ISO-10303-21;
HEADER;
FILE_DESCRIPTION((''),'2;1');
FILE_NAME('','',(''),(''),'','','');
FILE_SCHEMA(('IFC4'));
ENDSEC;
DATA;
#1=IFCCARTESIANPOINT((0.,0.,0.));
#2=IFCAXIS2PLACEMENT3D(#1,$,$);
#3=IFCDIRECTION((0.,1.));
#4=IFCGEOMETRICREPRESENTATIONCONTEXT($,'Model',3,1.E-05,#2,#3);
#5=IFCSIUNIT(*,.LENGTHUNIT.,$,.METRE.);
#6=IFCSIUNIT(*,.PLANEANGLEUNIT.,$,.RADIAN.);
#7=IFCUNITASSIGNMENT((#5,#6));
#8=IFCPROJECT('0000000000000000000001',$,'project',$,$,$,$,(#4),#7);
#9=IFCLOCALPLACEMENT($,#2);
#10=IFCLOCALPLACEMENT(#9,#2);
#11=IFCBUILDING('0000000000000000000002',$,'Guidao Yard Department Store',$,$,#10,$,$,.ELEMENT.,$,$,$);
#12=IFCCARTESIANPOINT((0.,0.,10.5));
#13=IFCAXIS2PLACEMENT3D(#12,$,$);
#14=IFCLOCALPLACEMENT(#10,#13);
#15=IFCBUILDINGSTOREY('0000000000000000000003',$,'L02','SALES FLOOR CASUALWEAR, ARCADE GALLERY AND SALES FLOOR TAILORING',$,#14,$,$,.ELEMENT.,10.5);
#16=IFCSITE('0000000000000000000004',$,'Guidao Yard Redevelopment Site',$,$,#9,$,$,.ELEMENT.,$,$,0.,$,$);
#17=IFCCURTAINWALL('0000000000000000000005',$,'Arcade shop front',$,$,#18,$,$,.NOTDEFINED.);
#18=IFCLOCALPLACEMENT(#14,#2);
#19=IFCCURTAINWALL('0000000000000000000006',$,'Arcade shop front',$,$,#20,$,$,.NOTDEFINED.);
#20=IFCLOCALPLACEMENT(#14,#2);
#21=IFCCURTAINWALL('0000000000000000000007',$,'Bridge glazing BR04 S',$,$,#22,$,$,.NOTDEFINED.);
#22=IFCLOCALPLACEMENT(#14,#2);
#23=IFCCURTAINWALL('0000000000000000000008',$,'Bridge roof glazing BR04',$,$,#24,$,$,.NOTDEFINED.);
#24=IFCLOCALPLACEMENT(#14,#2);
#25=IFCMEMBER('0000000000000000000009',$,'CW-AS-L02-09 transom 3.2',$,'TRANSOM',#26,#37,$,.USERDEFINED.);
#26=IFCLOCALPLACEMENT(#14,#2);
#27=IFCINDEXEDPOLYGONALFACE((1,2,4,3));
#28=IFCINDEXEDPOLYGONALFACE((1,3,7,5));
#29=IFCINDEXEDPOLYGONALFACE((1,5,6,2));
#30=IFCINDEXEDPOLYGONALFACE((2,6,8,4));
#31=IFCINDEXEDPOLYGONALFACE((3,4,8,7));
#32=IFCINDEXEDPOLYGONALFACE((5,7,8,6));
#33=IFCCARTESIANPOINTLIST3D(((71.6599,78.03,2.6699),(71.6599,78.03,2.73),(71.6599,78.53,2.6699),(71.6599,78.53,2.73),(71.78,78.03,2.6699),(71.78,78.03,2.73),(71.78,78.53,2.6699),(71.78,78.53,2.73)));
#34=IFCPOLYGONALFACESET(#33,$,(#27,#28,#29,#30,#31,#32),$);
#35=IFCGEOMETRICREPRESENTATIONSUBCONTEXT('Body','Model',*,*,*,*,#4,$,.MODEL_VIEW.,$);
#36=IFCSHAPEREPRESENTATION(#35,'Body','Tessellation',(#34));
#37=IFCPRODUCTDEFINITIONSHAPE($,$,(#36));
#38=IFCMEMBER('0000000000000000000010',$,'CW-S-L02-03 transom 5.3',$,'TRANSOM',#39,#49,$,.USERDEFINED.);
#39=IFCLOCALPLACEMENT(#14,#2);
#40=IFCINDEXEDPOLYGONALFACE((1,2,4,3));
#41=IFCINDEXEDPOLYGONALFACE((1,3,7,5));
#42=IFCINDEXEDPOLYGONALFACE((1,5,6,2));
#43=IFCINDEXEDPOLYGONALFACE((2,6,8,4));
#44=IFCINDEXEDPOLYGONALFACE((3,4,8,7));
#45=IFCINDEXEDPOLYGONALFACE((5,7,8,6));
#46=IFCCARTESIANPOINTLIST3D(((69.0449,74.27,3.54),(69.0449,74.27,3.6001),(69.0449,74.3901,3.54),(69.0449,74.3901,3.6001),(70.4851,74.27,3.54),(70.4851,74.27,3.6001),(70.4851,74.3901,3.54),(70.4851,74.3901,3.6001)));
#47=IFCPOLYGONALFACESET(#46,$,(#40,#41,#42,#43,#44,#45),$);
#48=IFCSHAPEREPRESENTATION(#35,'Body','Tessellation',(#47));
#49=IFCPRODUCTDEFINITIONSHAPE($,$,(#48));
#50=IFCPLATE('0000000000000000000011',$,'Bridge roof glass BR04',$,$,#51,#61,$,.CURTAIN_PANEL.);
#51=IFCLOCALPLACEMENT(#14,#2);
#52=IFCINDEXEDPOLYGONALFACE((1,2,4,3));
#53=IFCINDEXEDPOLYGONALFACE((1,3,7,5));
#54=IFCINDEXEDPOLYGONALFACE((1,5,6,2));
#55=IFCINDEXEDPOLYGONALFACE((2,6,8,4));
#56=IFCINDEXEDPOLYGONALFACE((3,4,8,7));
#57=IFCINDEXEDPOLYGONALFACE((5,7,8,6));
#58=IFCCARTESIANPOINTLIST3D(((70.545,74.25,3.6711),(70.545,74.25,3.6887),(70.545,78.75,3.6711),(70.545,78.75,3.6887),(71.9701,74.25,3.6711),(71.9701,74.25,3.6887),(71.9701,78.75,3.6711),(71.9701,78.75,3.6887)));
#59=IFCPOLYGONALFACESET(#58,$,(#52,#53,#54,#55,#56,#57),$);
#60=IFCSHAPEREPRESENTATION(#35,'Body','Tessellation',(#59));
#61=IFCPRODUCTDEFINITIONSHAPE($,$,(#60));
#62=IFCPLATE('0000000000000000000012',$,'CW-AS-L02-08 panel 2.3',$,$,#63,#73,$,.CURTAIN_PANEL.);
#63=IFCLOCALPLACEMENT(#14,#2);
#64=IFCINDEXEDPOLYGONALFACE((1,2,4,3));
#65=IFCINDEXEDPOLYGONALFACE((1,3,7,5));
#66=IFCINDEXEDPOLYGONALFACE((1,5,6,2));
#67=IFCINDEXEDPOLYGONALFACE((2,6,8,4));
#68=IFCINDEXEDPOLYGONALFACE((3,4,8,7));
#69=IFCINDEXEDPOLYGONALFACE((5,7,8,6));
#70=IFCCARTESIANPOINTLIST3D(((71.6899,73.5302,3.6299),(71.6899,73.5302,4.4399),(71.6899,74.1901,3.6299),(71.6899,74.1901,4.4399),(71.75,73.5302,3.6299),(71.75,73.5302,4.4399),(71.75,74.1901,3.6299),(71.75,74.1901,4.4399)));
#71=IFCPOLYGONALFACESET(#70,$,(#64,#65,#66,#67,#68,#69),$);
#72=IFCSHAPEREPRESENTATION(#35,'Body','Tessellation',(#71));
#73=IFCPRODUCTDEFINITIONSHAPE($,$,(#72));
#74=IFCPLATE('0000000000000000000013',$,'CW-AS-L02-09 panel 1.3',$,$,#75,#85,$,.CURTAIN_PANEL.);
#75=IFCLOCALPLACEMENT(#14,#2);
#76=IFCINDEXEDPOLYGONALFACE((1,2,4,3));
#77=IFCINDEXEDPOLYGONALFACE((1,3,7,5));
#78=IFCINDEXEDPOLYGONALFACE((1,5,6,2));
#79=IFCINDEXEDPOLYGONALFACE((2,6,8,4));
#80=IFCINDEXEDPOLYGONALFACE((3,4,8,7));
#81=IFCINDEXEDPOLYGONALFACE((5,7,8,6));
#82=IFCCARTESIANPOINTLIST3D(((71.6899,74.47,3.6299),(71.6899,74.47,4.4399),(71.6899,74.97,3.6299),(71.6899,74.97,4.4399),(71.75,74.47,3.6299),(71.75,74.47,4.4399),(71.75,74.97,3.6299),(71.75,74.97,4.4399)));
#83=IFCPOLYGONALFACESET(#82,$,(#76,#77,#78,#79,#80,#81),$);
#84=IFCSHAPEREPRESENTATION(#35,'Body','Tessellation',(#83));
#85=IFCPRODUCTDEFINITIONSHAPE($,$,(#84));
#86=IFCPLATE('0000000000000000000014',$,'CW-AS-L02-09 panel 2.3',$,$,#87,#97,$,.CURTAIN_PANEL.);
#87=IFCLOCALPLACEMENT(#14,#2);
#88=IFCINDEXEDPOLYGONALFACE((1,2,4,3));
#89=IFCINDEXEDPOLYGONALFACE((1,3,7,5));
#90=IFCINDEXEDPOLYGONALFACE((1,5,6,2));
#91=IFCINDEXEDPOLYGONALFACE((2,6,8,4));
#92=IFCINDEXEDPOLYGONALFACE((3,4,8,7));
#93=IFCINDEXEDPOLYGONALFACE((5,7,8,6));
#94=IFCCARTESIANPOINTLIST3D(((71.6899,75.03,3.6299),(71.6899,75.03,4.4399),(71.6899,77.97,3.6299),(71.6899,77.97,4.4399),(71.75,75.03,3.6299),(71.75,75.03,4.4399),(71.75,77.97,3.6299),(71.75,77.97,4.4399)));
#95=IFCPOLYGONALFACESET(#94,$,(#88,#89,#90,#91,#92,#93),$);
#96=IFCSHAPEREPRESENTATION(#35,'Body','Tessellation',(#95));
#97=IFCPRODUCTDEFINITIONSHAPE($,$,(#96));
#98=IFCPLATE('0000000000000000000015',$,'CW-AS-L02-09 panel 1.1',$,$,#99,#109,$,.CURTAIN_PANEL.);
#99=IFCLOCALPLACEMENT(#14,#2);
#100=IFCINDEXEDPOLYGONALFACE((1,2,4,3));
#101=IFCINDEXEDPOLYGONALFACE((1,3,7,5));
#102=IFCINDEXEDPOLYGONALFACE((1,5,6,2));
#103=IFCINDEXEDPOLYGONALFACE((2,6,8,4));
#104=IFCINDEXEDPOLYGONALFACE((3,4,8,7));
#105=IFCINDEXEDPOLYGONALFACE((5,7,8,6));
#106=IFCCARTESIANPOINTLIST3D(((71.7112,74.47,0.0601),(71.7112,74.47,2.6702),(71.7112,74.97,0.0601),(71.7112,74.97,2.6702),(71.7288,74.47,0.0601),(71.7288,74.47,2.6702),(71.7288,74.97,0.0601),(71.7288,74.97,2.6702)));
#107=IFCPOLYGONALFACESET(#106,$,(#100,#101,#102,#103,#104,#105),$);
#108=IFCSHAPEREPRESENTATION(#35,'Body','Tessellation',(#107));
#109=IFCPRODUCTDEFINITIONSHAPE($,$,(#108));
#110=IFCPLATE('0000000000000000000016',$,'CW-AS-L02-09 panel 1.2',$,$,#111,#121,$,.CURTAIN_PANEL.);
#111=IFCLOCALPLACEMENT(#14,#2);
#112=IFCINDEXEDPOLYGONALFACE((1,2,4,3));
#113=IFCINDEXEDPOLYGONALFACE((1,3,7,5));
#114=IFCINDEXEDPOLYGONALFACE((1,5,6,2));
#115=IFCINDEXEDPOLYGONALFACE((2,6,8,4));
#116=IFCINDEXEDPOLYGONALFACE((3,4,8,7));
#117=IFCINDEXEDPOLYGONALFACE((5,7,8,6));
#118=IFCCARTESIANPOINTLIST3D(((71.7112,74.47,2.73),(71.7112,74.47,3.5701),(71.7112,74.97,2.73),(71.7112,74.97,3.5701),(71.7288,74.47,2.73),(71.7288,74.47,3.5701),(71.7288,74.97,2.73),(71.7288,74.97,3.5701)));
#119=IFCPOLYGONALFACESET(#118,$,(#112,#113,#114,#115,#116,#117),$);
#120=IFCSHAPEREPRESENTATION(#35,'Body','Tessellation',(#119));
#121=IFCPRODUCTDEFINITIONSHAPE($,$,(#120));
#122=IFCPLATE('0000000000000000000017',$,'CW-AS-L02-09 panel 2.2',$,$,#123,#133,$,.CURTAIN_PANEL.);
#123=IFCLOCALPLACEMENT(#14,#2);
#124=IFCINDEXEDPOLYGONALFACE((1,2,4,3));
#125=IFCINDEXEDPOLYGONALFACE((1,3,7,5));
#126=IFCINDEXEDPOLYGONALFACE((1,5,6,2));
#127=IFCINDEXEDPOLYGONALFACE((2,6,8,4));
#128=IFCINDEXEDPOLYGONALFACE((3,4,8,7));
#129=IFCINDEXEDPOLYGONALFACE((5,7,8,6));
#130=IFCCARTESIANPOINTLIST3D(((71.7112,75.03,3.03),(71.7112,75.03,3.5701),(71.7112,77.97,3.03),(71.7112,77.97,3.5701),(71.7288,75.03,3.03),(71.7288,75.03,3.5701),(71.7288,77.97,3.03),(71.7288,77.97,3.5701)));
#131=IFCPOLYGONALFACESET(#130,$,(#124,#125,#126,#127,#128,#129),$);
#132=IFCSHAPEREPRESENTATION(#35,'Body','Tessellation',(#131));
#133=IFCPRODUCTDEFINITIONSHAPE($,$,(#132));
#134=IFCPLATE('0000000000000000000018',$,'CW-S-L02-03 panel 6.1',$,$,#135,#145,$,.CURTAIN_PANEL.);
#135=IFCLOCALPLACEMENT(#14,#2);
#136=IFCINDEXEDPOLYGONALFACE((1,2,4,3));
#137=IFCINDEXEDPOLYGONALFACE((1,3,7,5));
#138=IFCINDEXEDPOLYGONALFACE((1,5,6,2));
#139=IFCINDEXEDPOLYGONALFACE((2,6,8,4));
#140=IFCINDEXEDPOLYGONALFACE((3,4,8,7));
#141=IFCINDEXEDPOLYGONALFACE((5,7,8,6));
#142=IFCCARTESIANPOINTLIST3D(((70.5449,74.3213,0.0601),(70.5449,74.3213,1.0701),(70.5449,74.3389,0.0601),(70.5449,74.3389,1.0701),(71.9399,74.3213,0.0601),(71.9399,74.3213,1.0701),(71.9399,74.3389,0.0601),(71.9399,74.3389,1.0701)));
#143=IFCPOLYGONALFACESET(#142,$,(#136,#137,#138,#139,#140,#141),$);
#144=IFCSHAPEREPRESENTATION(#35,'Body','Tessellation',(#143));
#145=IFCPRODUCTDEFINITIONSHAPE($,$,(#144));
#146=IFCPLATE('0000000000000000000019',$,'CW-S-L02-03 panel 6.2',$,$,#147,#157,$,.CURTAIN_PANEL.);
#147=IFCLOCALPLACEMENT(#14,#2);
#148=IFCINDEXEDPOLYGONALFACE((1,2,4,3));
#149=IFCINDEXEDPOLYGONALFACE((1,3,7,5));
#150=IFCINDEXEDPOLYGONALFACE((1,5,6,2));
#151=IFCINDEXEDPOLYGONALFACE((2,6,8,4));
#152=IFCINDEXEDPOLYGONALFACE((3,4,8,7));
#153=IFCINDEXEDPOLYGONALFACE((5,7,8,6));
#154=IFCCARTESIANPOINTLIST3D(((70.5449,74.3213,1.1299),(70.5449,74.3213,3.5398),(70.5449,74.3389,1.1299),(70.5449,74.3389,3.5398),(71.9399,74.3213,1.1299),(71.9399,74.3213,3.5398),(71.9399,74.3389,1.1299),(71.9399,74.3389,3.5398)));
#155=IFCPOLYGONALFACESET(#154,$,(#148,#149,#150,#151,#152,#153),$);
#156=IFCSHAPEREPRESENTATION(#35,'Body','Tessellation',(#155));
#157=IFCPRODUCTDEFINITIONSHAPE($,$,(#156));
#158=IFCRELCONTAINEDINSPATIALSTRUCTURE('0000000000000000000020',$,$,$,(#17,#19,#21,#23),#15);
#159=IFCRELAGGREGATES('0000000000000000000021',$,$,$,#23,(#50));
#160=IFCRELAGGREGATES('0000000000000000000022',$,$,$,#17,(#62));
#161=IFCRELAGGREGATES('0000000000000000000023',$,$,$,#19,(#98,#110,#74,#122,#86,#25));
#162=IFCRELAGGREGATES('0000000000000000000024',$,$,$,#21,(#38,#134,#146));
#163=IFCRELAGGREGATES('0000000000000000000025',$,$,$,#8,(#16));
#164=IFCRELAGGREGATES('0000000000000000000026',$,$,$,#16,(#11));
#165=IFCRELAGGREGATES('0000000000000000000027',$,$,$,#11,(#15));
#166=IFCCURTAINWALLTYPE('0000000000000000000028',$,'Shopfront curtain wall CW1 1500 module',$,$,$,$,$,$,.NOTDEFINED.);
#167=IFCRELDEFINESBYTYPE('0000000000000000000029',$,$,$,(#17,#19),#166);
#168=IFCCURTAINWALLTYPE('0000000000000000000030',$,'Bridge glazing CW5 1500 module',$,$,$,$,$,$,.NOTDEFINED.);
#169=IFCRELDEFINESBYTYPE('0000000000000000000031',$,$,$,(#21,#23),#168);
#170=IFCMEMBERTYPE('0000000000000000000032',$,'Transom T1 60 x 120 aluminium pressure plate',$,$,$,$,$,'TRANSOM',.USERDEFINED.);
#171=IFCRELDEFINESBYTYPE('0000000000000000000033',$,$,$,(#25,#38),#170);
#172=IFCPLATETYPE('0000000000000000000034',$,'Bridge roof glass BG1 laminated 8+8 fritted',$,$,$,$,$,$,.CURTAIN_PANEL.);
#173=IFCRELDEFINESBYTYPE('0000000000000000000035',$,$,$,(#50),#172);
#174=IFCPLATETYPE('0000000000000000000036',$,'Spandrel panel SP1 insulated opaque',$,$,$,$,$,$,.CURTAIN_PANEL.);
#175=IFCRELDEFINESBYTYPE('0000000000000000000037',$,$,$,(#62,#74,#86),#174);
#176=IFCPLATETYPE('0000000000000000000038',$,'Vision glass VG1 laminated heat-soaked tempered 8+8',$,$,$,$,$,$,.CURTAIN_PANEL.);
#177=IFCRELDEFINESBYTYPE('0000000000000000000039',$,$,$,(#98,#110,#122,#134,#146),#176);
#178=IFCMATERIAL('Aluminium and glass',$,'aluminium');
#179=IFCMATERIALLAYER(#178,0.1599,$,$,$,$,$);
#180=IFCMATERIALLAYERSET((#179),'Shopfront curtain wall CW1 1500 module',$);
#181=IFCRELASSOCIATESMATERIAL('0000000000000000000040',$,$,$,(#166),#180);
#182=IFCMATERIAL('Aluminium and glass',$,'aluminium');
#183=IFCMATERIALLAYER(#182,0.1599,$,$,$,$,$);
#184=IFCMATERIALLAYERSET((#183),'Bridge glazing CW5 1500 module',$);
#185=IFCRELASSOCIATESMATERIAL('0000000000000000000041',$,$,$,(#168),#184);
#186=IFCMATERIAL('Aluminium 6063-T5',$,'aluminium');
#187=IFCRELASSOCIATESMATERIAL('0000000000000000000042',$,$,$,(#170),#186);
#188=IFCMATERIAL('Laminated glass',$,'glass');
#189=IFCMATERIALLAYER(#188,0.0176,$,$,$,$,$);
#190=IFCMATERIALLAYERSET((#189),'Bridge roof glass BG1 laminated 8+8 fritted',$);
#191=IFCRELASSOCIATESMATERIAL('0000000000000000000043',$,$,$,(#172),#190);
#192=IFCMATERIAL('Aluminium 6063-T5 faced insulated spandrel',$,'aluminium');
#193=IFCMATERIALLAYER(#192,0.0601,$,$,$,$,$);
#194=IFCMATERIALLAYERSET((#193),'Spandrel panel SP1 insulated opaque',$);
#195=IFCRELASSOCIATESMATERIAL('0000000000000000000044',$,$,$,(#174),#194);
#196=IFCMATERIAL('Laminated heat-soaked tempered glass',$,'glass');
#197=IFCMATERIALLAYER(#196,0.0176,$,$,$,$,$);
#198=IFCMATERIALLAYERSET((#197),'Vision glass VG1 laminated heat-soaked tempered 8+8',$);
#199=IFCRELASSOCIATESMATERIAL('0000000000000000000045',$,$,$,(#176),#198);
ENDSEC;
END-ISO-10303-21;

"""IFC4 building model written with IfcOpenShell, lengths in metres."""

from ifc_helpers import new_model, si_unit, direction, frame, origin, origin_2d, place, context, subcontext, project, spatial, rectangle, extrude, material, layer, layer_set, material_profile, profile_set, type_object, element, aggregate, save


model = new_model("IFC4")

# Units and contexts
model_context = context("Model", 3, precision=1e-05, world=origin(), true_north=direction((0.0, 1.0)))
body_context = subcontext(model_context, "Body", "Model", "MODEL_VIEW")
ifc_project = project(units=[si_unit("LENGTHUNIT", "METRE"), si_unit("PLANEANGLEUNIT", "RADIAN")], contexts=[model_context])

# Site, building, storey
site_placement = place(None, origin())
site = spatial("IfcSite", under=ifc_project, at=site_placement, Name="Guidao Yard Redevelopment Site", CompositionType="ELEMENT", RefElevation=0.0)
building_placement = place(site_placement, origin())
building = spatial("IfcBuilding", under=site, at=building_placement, Name="Guidao Yard Department Store", CompositionType="ELEMENT")
storey_placement = place(building_placement, frame((0.0, 0.0, 10.5)))
storey = spatial("IfcBuildingStorey", under=building, at=storey_placement, Name="L02", Description="SALES FLOOR CASUALWEAR, ARCADE GALLERY AND SALES FLOOR TAILORING", CompositionType="ELEMENT", Elevation=10.5)

# Curtain wall
ifc_material_1 = material(Name="Aluminium and glass", Category="aluminium")
ifc_layer_1 = layer(ifc_material_1, 0.1599)
ifc_layer_set_1 = layer_set([ifc_layer_1], Name="Shopfront curtain wall CW1 1500 module")
curtain_wall_type_1 = type_object("IfcCurtainWallType", Name="Shopfront curtain wall CW1 1500 module", PredefinedType="NOTDEFINED", material=ifc_layer_set_1)
curtain_wall_1_placement = place(storey_placement, origin())
curtain_wall_1 = element("IfcCurtainWall", 1, at=curtain_wall_1_placement, inside=storey, type_object=curtain_wall_type_1, Name="Arcade shop front", PredefinedType="NOTDEFINED")

# Curtain wall
curtain_wall_2_placement = place(storey_placement, origin())
curtain_wall_2 = element("IfcCurtainWall", 2, at=curtain_wall_2_placement, inside=storey, type_object=curtain_wall_type_1, Name="Arcade shop front", PredefinedType="NOTDEFINED")

# Curtain walls
ifc_material_2 = material(Name="Aluminium and glass", Category="aluminium")
ifc_layer_2 = layer(ifc_material_2, 0.1599)
ifc_layer_set_2 = layer_set([ifc_layer_2], Name="Bridge glazing CW5 1500 module")
curtain_wall_type_2 = type_object("IfcCurtainWallType", Name="Bridge glazing CW5 1500 module", PredefinedType="NOTDEFINED", material=ifc_layer_set_2)
curtain_wall_3_placement = place(storey_placement, origin())
curtain_wall_3 = element("IfcCurtainWall", 3, at=curtain_wall_3_placement, inside=storey, type_object=curtain_wall_type_2, Name="Bridge glazing BR04 S", PredefinedType="NOTDEFINED")
curtain_wall_4_placement = place(storey_placement, origin())
curtain_wall_4 = element("IfcCurtainWall", 4, at=curtain_wall_4_placement, inside=storey, type_object=curtain_wall_type_2, Name="Bridge roof glazing BR04", PredefinedType="NOTDEFINED")

# Members
ifc_material_3 = material(Name="Aluminium 6063-T5", Category="aluminium")
ifc_material_profile_1 = material_profile(ifc_material_3, rectangle(XDim=0.1201, YDim=0.0601, at=origin_2d()), Name="Transom T1 60 x 120 aluminium pressure plate")
ifc_profile_set_1 = profile_set([ifc_material_profile_1], Name="Aluminium 6063-T5")
member_type_1 = type_object("IfcMemberType", Name="Transom T1 60 x 120 aluminium pressure plate", ElementType="TRANSOM", PredefinedType="USERDEFINED", material=ifc_profile_set_1)
member_1_placement = place(storey_placement, frame((71.72, 78.03, 2.7), z_axis=(0.0, 1.0, 0.0), x_axis=(-1.0, 0.0, 0.0)))
member_1 = element("IfcMember", 5, at=member_1_placement, type_object=member_type_1, Name="CW-AS-L02-09 transom 3.2", ObjectType="TRANSOM", PredefinedType="USERDEFINED", context=body_context, shape_type="SweptSolid", body=[
    extrude(rectangle(XDim=0.1201, YDim=0.0601, at=origin_2d()), origin(), (0.0, 0.0, 1.0), 0.5),
])
member_2_placement = place(storey_placement, frame((70.4851, 74.3301, 3.5701), z_axis=(-1.0, 0.0, 0.0), x_axis=(0.0, -1.0, 0.0)))
member_2 = element("IfcMember", 6, at=member_2_placement, type_object=member_type_1, Name="CW-S-L02-03 transom 5.3", ObjectType="TRANSOM", PredefinedType="USERDEFINED", context=body_context, shape_type="SweptSolid", body=[
    extrude(rectangle(XDim=0.1201, YDim=0.0601, at=origin_2d()), origin(), (0.0, 0.0, 1.0), 1.4402),
])

# Plates
ifc_material_4 = material(Name="Laminated glass", Category="glass")
ifc_layer_3 = layer(ifc_material_4, 0.0176)
ifc_layer_set_3 = layer_set([ifc_layer_3], Name="Bridge roof glass BG1 laminated 8+8 fritted")
plate_type_1 = type_object("IfcPlateType", Name="Bridge roof glass BG1 laminated 8+8 fritted", PredefinedType="CURTAIN_PANEL", material=ifc_layer_set_3)
plate_1_placement = place(storey_placement, frame((71.2576, 76.5, 3.6711), z_axis=(0.0, 0.0, 1.0), x_axis=(1.0, 0.0, 0.0)))
plate_1 = element("IfcPlate", 7, at=plate_1_placement, type_object=plate_type_1, Name="Bridge roof glass BR04", PredefinedType="CURTAIN_PANEL", context=body_context, shape_type="SweptSolid", body=[
    extrude(rectangle(XDim=1.425, YDim=4.5, at=origin_2d()), origin(), (0.0, 0.0, 1.0), 0.0176),
])
aggregate(curtain_wall_4, [plate_1])
ifc_material_5 = material(Name="Aluminium 6063-T5 faced insulated spandrel", Category="aluminium")
ifc_layer_4 = layer(ifc_material_5, 0.0601)
ifc_layer_set_4 = layer_set([ifc_layer_4], Name="Spandrel panel SP1 insulated opaque")
plate_type_2 = type_object("IfcPlateType", Name="Spandrel panel SP1 insulated opaque", PredefinedType="CURTAIN_PANEL", material=ifc_layer_set_4)
plate_2_placement = place(storey_placement, frame((71.72, 73.8601, 3.6299), z_axis=(0.0, 0.0, 1.0), x_axis=(0.0, 1.0, 0.0)))
plate_2 = element("IfcPlate", 8, at=plate_2_placement, type_object=plate_type_2, Name="CW-AS-L02-08 panel 2.3", PredefinedType="CURTAIN_PANEL", context=body_context, shape_type="SweptSolid", body=[
    extrude(rectangle(XDim=0.6599, YDim=0.0601, at=origin_2d()), origin(), (0.0, 0.0, 1.0), 0.8101),
])
aggregate(curtain_wall_1, [plate_2])
plate_3_placement = place(storey_placement, frame((71.72, 74.72, 3.6299), z_axis=(0.0, 0.0, 1.0), x_axis=(0.0, 1.0, 0.0)))
plate_3 = element("IfcPlate", 9, at=plate_3_placement, type_object=plate_type_2, Name="CW-AS-L02-09 panel 1.3", PredefinedType="CURTAIN_PANEL", context=body_context, shape_type="SweptSolid", body=[
    extrude(rectangle(XDim=0.5, YDim=0.0601, at=origin_2d()), origin(), (0.0, 0.0, 1.0), 0.8101),
])
plate_4_placement = place(storey_placement, frame((71.72, 76.5, 3.6299), z_axis=(0.0, 0.0, 1.0), x_axis=(0.0, 1.0, 0.0)))
plate_4 = element("IfcPlate", 10, at=plate_4_placement, type_object=plate_type_2, Name="CW-AS-L02-09 panel 2.3", PredefinedType="CURTAIN_PANEL", context=body_context, shape_type="SweptSolid", body=[
    extrude(rectangle(XDim=2.9399, YDim=0.0601, at=origin_2d()), origin(), (0.0, 0.0, 1.0), 0.8101),
])
ifc_material_6 = material(Name="Laminated heat-soaked tempered glass", Category="glass")
ifc_layer_5 = layer(ifc_material_6, 0.0176)
ifc_layer_set_5 = layer_set([ifc_layer_5], Name="Vision glass VG1 laminated heat-soaked tempered 8+8")
plate_type_3 = type_object("IfcPlateType", Name="Vision glass VG1 laminated heat-soaked tempered 8+8", PredefinedType="CURTAIN_PANEL", material=ifc_layer_set_5)
plate_5_placement = place(storey_placement, frame((71.72, 74.72, 0.0601), z_axis=(0.0, 0.0, 1.0), x_axis=(0.0, 1.0, 0.0)))
plate_5 = element("IfcPlate", 11, at=plate_5_placement, type_object=plate_type_3, Name="CW-AS-L02-09 panel 1.1", PredefinedType="CURTAIN_PANEL", context=body_context, shape_type="SweptSolid", body=[
    extrude(rectangle(XDim=0.5, YDim=0.0176, at=origin_2d()), origin(), (0.0, 0.0, 1.0), 2.6101),
])
plate_6_placement = place(storey_placement, frame((71.72, 74.72, 2.73), z_axis=(0.0, 0.0, 1.0), x_axis=(0.0, 1.0, 0.0)))
plate_6 = element("IfcPlate", 12, at=plate_6_placement, type_object=plate_type_3, Name="CW-AS-L02-09 panel 1.2", PredefinedType="CURTAIN_PANEL", context=body_context, shape_type="SweptSolid", body=[
    extrude(rectangle(XDim=0.5, YDim=0.0176, at=origin_2d()), origin(), (0.0, 0.0, 1.0), 0.8401),
])
plate_7_placement = place(storey_placement, frame((71.72, 76.5, 3.03), z_axis=(0.0, 0.0, 1.0), x_axis=(0.0, 1.0, 0.0)))
plate_7 = element("IfcPlate", 13, at=plate_7_placement, type_object=plate_type_3, Name="CW-AS-L02-09 panel 2.2", PredefinedType="CURTAIN_PANEL", context=body_context, shape_type="SweptSolid", body=[
    extrude(rectangle(XDim=2.9399, YDim=0.0176, at=origin_2d()), origin(), (0.0, 0.0, 1.0), 0.54),
])
aggregate(curtain_wall_2, [plate_5, plate_6, plate_3, plate_7, plate_4, member_1])
plate_8_placement = place(storey_placement, frame((71.2424, 74.3301, 0.0601), z_axis=(0.0, 0.0, 1.0), x_axis=(-1.0, 0.0, 0.0)))
plate_8 = element("IfcPlate", 14, at=plate_8_placement, type_object=plate_type_3, Name="CW-S-L02-03 panel 6.1", PredefinedType="CURTAIN_PANEL", context=body_context, shape_type="SweptSolid", body=[
    extrude(rectangle(XDim=1.395, YDim=0.0176, at=origin_2d()), origin(), (0.0, 0.0, 1.0), 1.01),
])
plate_9_placement = place(storey_placement, frame((71.2424, 74.3301, 1.1299), z_axis=(0.0, 0.0, 1.0), x_axis=(-1.0, 0.0, 0.0)))
plate_9 = element("IfcPlate", 15, at=plate_9_placement, type_object=plate_type_3, Name="CW-S-L02-03 panel 6.2", PredefinedType="CURTAIN_PANEL", context=body_context, shape_type="SweptSolid", body=[
    extrude(rectangle(XDim=1.395, YDim=0.0176, at=origin_2d()), origin(), (0.0, 0.0, 1.0), 2.4099),
])
aggregate(curtain_wall_3, [member_2, plate_8, plate_9])

save(model, "model.ifc")
